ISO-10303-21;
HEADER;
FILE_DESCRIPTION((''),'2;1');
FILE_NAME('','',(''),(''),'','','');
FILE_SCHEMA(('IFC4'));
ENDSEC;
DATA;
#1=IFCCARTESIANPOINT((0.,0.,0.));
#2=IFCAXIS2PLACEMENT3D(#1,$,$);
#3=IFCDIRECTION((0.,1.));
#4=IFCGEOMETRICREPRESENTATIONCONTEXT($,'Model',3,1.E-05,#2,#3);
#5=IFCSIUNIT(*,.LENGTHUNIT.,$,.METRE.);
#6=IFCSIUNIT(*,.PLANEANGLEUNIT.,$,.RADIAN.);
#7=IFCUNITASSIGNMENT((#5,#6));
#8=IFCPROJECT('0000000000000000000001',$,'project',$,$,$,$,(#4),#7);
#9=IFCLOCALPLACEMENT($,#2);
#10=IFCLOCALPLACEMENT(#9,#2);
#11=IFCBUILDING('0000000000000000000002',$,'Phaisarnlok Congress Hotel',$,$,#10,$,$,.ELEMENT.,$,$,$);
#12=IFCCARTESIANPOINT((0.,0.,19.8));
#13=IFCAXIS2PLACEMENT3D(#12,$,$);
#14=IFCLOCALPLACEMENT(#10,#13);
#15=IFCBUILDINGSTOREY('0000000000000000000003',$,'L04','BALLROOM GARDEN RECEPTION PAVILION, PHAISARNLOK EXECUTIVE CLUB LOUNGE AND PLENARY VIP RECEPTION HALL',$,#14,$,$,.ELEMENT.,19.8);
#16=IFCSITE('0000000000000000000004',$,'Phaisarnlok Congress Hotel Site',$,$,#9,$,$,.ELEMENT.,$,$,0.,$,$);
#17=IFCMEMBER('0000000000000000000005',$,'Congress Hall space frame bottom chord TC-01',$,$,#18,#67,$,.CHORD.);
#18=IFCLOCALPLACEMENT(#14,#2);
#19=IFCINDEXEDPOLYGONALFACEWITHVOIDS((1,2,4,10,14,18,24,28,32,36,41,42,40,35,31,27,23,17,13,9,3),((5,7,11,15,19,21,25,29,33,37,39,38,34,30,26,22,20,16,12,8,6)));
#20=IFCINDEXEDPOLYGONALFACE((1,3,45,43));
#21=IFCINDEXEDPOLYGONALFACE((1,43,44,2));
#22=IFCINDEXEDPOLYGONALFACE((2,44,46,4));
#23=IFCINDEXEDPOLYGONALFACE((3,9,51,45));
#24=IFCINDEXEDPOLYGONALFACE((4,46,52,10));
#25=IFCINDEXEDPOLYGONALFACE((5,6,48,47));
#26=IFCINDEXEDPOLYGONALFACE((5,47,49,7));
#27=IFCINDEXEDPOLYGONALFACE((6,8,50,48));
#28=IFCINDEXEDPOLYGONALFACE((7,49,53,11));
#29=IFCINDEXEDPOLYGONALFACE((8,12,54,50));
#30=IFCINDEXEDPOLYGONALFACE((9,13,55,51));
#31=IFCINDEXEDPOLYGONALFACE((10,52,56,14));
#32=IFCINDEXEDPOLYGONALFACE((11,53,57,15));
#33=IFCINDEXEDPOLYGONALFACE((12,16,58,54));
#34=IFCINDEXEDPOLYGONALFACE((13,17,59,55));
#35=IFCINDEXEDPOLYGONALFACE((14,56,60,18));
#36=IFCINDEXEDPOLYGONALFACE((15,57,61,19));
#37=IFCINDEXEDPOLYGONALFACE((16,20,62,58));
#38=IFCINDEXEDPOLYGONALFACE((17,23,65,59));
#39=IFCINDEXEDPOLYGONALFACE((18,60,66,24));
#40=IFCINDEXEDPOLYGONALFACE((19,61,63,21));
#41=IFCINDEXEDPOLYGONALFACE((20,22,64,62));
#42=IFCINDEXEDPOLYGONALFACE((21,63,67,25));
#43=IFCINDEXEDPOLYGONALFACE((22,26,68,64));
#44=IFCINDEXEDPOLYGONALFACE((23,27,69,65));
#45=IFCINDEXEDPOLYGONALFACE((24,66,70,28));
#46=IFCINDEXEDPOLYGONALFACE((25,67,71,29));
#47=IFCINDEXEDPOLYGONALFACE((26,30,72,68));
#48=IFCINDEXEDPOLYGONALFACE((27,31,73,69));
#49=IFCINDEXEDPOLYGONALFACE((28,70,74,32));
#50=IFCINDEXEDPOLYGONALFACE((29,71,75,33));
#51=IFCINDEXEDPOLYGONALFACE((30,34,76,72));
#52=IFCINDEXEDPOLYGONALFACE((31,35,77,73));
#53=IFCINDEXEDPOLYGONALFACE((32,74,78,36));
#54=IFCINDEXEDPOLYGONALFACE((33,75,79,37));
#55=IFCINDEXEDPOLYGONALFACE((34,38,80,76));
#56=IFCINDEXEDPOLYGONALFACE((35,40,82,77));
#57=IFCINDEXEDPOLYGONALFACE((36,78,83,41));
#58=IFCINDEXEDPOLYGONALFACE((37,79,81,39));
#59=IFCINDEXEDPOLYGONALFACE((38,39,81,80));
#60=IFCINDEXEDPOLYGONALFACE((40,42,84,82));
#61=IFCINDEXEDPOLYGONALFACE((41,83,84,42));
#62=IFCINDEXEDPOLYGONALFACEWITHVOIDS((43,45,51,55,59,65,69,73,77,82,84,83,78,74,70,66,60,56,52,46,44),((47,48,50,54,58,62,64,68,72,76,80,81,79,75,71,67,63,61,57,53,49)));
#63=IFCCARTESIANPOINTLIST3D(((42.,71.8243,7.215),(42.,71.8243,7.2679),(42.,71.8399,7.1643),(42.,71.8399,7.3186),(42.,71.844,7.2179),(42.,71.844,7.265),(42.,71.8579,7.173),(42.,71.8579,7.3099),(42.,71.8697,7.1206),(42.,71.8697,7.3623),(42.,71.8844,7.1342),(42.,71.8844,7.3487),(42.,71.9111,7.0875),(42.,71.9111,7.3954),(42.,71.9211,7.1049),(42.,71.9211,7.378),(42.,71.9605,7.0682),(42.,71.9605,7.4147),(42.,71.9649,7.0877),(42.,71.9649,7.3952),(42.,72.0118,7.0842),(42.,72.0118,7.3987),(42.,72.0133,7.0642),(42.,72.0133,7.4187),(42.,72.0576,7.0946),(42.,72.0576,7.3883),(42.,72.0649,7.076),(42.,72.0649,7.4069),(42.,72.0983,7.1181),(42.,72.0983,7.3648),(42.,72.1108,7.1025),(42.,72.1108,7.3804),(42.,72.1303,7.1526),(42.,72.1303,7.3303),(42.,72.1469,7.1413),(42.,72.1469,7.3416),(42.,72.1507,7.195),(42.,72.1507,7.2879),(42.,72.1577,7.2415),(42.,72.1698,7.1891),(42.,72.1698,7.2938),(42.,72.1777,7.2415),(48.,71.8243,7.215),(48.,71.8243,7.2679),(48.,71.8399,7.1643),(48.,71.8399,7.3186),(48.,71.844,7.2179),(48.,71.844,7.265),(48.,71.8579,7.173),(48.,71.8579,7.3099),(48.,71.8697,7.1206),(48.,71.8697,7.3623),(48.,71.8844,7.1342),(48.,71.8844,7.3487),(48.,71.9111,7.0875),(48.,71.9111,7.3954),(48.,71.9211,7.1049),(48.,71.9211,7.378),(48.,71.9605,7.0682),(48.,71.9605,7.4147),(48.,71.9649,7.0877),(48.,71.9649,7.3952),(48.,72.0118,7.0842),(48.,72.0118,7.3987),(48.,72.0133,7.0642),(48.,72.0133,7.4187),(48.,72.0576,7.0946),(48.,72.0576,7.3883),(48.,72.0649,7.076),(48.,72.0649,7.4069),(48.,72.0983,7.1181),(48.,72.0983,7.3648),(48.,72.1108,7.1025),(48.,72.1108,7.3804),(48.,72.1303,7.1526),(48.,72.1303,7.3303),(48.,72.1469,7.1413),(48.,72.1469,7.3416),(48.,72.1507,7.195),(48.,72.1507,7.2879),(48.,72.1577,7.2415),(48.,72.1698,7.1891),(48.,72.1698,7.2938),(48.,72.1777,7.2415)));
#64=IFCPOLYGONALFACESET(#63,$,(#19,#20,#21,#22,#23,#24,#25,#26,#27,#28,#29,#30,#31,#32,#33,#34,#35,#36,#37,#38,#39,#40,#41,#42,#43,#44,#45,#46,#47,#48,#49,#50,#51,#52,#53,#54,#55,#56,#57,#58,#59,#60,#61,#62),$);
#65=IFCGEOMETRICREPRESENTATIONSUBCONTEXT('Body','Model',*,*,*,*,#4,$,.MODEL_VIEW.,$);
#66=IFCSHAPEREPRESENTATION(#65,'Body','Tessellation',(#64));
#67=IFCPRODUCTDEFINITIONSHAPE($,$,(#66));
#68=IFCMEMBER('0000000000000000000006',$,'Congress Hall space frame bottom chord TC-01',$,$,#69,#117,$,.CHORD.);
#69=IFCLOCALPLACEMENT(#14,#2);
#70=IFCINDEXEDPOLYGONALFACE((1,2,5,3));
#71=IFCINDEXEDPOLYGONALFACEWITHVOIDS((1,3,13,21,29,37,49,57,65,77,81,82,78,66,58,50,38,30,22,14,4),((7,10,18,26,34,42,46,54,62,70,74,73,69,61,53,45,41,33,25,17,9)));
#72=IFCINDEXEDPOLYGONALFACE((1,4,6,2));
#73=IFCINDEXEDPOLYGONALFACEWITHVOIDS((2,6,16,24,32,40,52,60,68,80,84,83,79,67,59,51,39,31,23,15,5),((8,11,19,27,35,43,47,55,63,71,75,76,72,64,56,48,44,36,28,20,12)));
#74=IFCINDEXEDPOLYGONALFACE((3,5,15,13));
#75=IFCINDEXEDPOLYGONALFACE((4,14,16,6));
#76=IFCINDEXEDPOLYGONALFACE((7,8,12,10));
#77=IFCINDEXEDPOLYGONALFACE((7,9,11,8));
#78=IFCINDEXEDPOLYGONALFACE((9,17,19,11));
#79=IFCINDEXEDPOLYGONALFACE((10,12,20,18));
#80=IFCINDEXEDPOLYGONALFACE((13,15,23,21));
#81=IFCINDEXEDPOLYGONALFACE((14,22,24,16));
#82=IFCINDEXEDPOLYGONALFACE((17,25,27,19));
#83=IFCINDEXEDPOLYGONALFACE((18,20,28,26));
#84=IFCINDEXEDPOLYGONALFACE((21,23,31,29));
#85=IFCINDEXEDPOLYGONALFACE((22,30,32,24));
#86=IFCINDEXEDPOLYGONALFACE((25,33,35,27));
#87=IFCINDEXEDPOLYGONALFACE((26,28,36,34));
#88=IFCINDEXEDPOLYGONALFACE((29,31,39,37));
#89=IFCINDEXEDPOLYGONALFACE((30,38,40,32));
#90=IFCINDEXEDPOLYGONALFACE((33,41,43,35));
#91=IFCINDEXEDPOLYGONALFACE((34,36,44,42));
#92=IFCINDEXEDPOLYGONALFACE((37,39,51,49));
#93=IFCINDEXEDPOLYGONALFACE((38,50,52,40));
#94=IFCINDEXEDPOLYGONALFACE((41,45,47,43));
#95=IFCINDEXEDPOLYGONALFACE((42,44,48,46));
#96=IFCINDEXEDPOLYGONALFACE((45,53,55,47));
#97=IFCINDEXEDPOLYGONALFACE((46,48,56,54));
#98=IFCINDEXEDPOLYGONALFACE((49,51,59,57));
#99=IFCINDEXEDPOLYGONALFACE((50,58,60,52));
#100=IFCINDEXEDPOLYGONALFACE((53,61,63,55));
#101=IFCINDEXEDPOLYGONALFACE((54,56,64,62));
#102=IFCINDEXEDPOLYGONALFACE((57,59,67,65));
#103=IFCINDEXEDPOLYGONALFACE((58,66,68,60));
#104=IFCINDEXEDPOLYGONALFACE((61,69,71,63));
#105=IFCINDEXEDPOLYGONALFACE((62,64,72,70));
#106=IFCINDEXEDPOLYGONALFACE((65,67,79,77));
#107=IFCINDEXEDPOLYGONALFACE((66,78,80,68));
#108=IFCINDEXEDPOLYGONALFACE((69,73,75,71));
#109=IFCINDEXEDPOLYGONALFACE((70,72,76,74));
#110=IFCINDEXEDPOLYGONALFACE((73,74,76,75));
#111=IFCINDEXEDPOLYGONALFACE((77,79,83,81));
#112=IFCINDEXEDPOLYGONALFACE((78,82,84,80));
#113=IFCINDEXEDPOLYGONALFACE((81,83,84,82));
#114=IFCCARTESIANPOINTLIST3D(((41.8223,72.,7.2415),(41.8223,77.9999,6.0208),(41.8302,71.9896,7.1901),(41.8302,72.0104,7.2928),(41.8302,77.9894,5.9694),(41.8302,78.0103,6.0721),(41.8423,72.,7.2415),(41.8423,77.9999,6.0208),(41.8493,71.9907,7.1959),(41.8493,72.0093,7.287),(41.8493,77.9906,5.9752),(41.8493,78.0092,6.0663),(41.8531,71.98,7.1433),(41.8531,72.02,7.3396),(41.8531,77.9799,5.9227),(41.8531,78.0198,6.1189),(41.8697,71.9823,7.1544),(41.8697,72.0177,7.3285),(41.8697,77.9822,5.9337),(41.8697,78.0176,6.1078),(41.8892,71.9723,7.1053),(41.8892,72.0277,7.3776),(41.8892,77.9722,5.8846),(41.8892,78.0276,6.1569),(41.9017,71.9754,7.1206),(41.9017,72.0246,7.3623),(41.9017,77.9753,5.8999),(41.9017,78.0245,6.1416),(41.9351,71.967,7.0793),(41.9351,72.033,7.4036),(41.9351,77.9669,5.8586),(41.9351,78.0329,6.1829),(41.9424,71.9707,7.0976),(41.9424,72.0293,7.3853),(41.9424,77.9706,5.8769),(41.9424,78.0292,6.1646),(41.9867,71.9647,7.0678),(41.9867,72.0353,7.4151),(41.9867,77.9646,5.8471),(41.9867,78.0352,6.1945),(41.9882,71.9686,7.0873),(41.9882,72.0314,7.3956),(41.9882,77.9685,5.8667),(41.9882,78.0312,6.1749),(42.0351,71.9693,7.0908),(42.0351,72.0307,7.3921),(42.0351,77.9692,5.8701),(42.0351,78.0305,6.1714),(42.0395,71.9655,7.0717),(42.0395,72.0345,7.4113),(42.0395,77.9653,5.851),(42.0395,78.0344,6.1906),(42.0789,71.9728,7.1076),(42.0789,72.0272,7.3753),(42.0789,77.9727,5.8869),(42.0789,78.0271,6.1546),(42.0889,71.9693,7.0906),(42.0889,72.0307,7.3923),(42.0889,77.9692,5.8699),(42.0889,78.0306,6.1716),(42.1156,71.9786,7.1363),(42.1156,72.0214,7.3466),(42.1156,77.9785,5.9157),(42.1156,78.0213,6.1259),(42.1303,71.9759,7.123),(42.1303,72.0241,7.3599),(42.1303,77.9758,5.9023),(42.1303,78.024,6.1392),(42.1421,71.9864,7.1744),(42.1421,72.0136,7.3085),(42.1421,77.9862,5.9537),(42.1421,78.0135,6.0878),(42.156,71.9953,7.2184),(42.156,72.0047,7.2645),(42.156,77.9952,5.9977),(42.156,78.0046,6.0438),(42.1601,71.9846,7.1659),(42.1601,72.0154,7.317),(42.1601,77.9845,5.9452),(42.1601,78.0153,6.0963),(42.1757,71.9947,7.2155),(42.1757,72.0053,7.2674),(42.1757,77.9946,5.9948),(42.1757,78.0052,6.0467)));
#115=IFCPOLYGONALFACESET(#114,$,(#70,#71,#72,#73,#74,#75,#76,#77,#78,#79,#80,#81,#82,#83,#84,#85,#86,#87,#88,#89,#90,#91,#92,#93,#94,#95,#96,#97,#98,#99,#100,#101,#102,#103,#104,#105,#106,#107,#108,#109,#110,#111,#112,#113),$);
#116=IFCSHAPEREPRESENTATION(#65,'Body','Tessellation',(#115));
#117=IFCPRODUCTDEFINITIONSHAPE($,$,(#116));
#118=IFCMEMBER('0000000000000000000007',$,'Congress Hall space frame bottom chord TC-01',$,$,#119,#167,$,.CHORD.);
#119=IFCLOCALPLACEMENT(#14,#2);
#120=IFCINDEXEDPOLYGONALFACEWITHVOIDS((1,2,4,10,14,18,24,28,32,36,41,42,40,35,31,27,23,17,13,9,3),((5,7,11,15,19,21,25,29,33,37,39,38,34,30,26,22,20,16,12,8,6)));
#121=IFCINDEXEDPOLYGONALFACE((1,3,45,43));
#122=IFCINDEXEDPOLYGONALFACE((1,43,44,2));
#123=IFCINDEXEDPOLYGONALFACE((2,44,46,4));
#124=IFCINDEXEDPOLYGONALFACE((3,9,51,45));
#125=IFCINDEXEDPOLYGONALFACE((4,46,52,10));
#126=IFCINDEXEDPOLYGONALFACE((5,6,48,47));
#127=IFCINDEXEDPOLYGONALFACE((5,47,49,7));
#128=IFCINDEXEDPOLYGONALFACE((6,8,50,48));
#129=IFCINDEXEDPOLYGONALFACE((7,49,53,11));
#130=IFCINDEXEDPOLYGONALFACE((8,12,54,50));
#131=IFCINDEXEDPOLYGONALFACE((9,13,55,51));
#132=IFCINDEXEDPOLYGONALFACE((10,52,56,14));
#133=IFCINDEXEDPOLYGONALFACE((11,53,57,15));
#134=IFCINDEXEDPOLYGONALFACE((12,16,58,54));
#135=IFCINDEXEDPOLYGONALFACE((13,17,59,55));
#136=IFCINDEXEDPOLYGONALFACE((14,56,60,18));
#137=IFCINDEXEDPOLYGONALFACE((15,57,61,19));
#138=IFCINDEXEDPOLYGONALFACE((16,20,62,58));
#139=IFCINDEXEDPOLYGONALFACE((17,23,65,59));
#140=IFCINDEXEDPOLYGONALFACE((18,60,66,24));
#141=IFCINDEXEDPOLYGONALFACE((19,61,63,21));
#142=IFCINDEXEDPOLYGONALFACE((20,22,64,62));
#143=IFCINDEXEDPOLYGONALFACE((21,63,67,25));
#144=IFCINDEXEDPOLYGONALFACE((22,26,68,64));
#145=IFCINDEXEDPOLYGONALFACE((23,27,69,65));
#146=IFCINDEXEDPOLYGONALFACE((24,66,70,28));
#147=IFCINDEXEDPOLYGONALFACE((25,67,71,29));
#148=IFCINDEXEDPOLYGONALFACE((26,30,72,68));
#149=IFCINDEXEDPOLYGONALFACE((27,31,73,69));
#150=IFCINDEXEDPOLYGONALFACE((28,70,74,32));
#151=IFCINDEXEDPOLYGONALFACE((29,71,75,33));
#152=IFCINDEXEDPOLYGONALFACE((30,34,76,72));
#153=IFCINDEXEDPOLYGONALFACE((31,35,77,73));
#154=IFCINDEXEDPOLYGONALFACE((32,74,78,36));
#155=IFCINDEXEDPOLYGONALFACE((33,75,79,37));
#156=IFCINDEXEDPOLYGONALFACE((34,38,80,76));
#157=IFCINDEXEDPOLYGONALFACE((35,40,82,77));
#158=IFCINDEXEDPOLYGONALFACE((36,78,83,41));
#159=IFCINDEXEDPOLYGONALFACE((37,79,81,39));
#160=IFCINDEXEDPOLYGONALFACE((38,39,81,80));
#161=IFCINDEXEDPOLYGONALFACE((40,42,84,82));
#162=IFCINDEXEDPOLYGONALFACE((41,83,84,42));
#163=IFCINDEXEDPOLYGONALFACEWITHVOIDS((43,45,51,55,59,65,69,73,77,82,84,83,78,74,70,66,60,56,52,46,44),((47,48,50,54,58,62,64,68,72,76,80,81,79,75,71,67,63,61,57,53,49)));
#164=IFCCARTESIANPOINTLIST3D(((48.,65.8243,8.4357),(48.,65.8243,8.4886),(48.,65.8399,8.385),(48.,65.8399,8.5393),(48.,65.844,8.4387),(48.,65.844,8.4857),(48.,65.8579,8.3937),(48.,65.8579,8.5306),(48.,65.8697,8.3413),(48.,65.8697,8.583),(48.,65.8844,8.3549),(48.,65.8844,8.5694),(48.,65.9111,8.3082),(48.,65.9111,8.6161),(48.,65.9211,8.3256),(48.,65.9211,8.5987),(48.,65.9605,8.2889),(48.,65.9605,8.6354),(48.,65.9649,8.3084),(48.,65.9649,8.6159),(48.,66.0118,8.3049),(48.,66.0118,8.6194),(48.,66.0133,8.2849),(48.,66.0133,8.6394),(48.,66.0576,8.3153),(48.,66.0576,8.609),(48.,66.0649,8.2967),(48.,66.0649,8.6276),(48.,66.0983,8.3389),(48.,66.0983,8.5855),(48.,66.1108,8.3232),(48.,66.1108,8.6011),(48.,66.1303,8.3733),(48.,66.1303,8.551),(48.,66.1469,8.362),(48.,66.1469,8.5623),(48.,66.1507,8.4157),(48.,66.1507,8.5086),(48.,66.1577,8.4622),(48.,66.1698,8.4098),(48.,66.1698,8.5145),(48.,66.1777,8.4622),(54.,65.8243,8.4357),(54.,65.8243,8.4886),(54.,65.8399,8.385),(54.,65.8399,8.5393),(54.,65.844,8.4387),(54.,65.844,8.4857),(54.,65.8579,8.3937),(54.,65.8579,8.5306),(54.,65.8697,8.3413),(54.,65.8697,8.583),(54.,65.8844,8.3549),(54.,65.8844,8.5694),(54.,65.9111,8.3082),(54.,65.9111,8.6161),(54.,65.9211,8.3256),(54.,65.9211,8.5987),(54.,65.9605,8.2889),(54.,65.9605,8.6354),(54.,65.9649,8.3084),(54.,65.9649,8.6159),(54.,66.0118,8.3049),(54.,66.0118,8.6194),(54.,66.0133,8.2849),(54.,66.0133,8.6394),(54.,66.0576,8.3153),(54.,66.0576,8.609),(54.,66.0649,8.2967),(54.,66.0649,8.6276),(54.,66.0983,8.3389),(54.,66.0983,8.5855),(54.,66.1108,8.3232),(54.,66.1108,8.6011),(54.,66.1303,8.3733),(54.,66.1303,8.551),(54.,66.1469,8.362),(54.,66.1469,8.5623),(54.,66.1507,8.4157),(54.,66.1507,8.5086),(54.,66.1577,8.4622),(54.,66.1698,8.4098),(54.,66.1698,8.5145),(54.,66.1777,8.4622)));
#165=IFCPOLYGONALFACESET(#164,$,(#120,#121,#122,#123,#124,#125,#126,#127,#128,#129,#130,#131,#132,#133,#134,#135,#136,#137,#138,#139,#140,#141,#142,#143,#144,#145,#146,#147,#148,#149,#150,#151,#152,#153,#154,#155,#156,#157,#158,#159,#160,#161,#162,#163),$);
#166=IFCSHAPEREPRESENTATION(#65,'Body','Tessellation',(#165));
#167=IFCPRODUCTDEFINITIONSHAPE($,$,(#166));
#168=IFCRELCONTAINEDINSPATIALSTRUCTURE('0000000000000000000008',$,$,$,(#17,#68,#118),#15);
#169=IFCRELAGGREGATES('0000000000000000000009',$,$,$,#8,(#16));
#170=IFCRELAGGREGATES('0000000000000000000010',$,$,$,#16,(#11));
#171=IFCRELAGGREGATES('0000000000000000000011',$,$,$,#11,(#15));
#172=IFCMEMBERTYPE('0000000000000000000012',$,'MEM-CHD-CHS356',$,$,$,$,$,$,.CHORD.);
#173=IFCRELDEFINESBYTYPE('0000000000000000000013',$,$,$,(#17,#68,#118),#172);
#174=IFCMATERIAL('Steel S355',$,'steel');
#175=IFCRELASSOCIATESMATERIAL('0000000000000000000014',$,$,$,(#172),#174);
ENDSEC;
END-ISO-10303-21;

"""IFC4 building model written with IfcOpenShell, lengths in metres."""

from ifc_helpers import new_model, si_unit, direction, frame, origin, origin_2d, place, context, subcontext, project, spatial, hollow_circle, extrude, material, material_profile, profile_set, type_object, element, save


model = new_model("IFC4")

# Units and contexts
model_context = context("Model", 3, precision=1e-05, world=origin(), true_north=direction((0.0, 1.0)))
body_context = subcontext(model_context, "Body", "Model", "MODEL_VIEW")
ifc_project = project(units=[si_unit("LENGTHUNIT", "METRE"), si_unit("PLANEANGLEUNIT", "RADIAN")], contexts=[model_context])

# Site, building, storey
site_placement = place(None, origin())
site = spatial("IfcSite", under=ifc_project, at=site_placement, Name="Phaisarnlok Congress Hotel Site", CompositionType="ELEMENT", RefElevation=0.0)
building_placement = place(site_placement, origin())
building = spatial("IfcBuilding", under=site, at=building_placement, Name="Phaisarnlok Congress Hotel", CompositionType="ELEMENT")
storey_placement = place(building_placement, frame((0.0, 0.0, 19.8)))
storey = spatial("IfcBuildingStorey", under=building, at=storey_placement, Name="L04", Description="BALLROOM GARDEN RECEPTION PAVILION, PHAISARNLOK EXECUTIVE CLUB LOUNGE AND PLENARY VIP RECEPTION HALL", CompositionType="ELEMENT", Elevation=19.8)

# Members
ifc_material = material(Name="Steel S355", Category="steel")
ifc_material_profile_1 = material_profile(ifc_material, hollow_circle(Radius=0.1777, WallThickness=0.02, at=origin_2d()), Name="CHS 355.6x20")
ifc_profile_set_1 = profile_set([ifc_material_profile_1], Name="Steel S355")
member_type_1 = type_object("IfcMemberType", Name="MEM-CHD-CHS356", PredefinedType="CHORD", material=ifc_profile_set_1)
member_1_placement = place(storey_placement, frame((42.0, 72.0, 7.2415), z_axis=(1.0, 0.0, 0.0), x_axis=(0.0, 1.0, 0.0)))
element("IfcMember", 1, at=member_1_placement, inside=storey, type_object=member_type_1, Name="Congress Hall space frame bottom chord TC-01", PredefinedType="CHORD", context=body_context, shape_type="SweptSolid", body=[
    extrude(hollow_circle(Radius=0.1777, WallThickness=0.02, at=origin_2d()), origin(), (0.0, 0.0, 1.0), 6.0),
])
member_2_placement = place(storey_placement, frame((42.0, 72.0, 7.2415), z_axis=(0.0, 0.979925, -0.199366), x_axis=(-1.0, 0.0, 0.0)))
element("IfcMember", 2, at=member_2_placement, inside=storey, type_object=member_type_1, Name="Congress Hall space frame bottom chord TC-01", PredefinedType="CHORD", context=body_context, shape_type="SweptSolid", body=[
    extrude(hollow_circle(Radius=0.1777, WallThickness=0.02, at=origin_2d()), origin(), (0.0, 0.0, 1.0), 6.1228),
])
member_3_placement = place(storey_placement, frame((48.0, 66.0, 8.4622), z_axis=(1.0, 0.0, 0.0), x_axis=(0.0, 1.0, 0.0)))
element("IfcMember", 3, at=member_3_placement, inside=storey, type_object=member_type_1, Name="Congress Hall space frame bottom chord TC-01", PredefinedType="CHORD", context=body_context, shape_type="SweptSolid", body=[
    extrude(hollow_circle(Radius=0.1777, WallThickness=0.02, at=origin_2d()), origin(), (0.0, 0.0, 1.0), 6.0),
])

save(model, "model.ifc")
